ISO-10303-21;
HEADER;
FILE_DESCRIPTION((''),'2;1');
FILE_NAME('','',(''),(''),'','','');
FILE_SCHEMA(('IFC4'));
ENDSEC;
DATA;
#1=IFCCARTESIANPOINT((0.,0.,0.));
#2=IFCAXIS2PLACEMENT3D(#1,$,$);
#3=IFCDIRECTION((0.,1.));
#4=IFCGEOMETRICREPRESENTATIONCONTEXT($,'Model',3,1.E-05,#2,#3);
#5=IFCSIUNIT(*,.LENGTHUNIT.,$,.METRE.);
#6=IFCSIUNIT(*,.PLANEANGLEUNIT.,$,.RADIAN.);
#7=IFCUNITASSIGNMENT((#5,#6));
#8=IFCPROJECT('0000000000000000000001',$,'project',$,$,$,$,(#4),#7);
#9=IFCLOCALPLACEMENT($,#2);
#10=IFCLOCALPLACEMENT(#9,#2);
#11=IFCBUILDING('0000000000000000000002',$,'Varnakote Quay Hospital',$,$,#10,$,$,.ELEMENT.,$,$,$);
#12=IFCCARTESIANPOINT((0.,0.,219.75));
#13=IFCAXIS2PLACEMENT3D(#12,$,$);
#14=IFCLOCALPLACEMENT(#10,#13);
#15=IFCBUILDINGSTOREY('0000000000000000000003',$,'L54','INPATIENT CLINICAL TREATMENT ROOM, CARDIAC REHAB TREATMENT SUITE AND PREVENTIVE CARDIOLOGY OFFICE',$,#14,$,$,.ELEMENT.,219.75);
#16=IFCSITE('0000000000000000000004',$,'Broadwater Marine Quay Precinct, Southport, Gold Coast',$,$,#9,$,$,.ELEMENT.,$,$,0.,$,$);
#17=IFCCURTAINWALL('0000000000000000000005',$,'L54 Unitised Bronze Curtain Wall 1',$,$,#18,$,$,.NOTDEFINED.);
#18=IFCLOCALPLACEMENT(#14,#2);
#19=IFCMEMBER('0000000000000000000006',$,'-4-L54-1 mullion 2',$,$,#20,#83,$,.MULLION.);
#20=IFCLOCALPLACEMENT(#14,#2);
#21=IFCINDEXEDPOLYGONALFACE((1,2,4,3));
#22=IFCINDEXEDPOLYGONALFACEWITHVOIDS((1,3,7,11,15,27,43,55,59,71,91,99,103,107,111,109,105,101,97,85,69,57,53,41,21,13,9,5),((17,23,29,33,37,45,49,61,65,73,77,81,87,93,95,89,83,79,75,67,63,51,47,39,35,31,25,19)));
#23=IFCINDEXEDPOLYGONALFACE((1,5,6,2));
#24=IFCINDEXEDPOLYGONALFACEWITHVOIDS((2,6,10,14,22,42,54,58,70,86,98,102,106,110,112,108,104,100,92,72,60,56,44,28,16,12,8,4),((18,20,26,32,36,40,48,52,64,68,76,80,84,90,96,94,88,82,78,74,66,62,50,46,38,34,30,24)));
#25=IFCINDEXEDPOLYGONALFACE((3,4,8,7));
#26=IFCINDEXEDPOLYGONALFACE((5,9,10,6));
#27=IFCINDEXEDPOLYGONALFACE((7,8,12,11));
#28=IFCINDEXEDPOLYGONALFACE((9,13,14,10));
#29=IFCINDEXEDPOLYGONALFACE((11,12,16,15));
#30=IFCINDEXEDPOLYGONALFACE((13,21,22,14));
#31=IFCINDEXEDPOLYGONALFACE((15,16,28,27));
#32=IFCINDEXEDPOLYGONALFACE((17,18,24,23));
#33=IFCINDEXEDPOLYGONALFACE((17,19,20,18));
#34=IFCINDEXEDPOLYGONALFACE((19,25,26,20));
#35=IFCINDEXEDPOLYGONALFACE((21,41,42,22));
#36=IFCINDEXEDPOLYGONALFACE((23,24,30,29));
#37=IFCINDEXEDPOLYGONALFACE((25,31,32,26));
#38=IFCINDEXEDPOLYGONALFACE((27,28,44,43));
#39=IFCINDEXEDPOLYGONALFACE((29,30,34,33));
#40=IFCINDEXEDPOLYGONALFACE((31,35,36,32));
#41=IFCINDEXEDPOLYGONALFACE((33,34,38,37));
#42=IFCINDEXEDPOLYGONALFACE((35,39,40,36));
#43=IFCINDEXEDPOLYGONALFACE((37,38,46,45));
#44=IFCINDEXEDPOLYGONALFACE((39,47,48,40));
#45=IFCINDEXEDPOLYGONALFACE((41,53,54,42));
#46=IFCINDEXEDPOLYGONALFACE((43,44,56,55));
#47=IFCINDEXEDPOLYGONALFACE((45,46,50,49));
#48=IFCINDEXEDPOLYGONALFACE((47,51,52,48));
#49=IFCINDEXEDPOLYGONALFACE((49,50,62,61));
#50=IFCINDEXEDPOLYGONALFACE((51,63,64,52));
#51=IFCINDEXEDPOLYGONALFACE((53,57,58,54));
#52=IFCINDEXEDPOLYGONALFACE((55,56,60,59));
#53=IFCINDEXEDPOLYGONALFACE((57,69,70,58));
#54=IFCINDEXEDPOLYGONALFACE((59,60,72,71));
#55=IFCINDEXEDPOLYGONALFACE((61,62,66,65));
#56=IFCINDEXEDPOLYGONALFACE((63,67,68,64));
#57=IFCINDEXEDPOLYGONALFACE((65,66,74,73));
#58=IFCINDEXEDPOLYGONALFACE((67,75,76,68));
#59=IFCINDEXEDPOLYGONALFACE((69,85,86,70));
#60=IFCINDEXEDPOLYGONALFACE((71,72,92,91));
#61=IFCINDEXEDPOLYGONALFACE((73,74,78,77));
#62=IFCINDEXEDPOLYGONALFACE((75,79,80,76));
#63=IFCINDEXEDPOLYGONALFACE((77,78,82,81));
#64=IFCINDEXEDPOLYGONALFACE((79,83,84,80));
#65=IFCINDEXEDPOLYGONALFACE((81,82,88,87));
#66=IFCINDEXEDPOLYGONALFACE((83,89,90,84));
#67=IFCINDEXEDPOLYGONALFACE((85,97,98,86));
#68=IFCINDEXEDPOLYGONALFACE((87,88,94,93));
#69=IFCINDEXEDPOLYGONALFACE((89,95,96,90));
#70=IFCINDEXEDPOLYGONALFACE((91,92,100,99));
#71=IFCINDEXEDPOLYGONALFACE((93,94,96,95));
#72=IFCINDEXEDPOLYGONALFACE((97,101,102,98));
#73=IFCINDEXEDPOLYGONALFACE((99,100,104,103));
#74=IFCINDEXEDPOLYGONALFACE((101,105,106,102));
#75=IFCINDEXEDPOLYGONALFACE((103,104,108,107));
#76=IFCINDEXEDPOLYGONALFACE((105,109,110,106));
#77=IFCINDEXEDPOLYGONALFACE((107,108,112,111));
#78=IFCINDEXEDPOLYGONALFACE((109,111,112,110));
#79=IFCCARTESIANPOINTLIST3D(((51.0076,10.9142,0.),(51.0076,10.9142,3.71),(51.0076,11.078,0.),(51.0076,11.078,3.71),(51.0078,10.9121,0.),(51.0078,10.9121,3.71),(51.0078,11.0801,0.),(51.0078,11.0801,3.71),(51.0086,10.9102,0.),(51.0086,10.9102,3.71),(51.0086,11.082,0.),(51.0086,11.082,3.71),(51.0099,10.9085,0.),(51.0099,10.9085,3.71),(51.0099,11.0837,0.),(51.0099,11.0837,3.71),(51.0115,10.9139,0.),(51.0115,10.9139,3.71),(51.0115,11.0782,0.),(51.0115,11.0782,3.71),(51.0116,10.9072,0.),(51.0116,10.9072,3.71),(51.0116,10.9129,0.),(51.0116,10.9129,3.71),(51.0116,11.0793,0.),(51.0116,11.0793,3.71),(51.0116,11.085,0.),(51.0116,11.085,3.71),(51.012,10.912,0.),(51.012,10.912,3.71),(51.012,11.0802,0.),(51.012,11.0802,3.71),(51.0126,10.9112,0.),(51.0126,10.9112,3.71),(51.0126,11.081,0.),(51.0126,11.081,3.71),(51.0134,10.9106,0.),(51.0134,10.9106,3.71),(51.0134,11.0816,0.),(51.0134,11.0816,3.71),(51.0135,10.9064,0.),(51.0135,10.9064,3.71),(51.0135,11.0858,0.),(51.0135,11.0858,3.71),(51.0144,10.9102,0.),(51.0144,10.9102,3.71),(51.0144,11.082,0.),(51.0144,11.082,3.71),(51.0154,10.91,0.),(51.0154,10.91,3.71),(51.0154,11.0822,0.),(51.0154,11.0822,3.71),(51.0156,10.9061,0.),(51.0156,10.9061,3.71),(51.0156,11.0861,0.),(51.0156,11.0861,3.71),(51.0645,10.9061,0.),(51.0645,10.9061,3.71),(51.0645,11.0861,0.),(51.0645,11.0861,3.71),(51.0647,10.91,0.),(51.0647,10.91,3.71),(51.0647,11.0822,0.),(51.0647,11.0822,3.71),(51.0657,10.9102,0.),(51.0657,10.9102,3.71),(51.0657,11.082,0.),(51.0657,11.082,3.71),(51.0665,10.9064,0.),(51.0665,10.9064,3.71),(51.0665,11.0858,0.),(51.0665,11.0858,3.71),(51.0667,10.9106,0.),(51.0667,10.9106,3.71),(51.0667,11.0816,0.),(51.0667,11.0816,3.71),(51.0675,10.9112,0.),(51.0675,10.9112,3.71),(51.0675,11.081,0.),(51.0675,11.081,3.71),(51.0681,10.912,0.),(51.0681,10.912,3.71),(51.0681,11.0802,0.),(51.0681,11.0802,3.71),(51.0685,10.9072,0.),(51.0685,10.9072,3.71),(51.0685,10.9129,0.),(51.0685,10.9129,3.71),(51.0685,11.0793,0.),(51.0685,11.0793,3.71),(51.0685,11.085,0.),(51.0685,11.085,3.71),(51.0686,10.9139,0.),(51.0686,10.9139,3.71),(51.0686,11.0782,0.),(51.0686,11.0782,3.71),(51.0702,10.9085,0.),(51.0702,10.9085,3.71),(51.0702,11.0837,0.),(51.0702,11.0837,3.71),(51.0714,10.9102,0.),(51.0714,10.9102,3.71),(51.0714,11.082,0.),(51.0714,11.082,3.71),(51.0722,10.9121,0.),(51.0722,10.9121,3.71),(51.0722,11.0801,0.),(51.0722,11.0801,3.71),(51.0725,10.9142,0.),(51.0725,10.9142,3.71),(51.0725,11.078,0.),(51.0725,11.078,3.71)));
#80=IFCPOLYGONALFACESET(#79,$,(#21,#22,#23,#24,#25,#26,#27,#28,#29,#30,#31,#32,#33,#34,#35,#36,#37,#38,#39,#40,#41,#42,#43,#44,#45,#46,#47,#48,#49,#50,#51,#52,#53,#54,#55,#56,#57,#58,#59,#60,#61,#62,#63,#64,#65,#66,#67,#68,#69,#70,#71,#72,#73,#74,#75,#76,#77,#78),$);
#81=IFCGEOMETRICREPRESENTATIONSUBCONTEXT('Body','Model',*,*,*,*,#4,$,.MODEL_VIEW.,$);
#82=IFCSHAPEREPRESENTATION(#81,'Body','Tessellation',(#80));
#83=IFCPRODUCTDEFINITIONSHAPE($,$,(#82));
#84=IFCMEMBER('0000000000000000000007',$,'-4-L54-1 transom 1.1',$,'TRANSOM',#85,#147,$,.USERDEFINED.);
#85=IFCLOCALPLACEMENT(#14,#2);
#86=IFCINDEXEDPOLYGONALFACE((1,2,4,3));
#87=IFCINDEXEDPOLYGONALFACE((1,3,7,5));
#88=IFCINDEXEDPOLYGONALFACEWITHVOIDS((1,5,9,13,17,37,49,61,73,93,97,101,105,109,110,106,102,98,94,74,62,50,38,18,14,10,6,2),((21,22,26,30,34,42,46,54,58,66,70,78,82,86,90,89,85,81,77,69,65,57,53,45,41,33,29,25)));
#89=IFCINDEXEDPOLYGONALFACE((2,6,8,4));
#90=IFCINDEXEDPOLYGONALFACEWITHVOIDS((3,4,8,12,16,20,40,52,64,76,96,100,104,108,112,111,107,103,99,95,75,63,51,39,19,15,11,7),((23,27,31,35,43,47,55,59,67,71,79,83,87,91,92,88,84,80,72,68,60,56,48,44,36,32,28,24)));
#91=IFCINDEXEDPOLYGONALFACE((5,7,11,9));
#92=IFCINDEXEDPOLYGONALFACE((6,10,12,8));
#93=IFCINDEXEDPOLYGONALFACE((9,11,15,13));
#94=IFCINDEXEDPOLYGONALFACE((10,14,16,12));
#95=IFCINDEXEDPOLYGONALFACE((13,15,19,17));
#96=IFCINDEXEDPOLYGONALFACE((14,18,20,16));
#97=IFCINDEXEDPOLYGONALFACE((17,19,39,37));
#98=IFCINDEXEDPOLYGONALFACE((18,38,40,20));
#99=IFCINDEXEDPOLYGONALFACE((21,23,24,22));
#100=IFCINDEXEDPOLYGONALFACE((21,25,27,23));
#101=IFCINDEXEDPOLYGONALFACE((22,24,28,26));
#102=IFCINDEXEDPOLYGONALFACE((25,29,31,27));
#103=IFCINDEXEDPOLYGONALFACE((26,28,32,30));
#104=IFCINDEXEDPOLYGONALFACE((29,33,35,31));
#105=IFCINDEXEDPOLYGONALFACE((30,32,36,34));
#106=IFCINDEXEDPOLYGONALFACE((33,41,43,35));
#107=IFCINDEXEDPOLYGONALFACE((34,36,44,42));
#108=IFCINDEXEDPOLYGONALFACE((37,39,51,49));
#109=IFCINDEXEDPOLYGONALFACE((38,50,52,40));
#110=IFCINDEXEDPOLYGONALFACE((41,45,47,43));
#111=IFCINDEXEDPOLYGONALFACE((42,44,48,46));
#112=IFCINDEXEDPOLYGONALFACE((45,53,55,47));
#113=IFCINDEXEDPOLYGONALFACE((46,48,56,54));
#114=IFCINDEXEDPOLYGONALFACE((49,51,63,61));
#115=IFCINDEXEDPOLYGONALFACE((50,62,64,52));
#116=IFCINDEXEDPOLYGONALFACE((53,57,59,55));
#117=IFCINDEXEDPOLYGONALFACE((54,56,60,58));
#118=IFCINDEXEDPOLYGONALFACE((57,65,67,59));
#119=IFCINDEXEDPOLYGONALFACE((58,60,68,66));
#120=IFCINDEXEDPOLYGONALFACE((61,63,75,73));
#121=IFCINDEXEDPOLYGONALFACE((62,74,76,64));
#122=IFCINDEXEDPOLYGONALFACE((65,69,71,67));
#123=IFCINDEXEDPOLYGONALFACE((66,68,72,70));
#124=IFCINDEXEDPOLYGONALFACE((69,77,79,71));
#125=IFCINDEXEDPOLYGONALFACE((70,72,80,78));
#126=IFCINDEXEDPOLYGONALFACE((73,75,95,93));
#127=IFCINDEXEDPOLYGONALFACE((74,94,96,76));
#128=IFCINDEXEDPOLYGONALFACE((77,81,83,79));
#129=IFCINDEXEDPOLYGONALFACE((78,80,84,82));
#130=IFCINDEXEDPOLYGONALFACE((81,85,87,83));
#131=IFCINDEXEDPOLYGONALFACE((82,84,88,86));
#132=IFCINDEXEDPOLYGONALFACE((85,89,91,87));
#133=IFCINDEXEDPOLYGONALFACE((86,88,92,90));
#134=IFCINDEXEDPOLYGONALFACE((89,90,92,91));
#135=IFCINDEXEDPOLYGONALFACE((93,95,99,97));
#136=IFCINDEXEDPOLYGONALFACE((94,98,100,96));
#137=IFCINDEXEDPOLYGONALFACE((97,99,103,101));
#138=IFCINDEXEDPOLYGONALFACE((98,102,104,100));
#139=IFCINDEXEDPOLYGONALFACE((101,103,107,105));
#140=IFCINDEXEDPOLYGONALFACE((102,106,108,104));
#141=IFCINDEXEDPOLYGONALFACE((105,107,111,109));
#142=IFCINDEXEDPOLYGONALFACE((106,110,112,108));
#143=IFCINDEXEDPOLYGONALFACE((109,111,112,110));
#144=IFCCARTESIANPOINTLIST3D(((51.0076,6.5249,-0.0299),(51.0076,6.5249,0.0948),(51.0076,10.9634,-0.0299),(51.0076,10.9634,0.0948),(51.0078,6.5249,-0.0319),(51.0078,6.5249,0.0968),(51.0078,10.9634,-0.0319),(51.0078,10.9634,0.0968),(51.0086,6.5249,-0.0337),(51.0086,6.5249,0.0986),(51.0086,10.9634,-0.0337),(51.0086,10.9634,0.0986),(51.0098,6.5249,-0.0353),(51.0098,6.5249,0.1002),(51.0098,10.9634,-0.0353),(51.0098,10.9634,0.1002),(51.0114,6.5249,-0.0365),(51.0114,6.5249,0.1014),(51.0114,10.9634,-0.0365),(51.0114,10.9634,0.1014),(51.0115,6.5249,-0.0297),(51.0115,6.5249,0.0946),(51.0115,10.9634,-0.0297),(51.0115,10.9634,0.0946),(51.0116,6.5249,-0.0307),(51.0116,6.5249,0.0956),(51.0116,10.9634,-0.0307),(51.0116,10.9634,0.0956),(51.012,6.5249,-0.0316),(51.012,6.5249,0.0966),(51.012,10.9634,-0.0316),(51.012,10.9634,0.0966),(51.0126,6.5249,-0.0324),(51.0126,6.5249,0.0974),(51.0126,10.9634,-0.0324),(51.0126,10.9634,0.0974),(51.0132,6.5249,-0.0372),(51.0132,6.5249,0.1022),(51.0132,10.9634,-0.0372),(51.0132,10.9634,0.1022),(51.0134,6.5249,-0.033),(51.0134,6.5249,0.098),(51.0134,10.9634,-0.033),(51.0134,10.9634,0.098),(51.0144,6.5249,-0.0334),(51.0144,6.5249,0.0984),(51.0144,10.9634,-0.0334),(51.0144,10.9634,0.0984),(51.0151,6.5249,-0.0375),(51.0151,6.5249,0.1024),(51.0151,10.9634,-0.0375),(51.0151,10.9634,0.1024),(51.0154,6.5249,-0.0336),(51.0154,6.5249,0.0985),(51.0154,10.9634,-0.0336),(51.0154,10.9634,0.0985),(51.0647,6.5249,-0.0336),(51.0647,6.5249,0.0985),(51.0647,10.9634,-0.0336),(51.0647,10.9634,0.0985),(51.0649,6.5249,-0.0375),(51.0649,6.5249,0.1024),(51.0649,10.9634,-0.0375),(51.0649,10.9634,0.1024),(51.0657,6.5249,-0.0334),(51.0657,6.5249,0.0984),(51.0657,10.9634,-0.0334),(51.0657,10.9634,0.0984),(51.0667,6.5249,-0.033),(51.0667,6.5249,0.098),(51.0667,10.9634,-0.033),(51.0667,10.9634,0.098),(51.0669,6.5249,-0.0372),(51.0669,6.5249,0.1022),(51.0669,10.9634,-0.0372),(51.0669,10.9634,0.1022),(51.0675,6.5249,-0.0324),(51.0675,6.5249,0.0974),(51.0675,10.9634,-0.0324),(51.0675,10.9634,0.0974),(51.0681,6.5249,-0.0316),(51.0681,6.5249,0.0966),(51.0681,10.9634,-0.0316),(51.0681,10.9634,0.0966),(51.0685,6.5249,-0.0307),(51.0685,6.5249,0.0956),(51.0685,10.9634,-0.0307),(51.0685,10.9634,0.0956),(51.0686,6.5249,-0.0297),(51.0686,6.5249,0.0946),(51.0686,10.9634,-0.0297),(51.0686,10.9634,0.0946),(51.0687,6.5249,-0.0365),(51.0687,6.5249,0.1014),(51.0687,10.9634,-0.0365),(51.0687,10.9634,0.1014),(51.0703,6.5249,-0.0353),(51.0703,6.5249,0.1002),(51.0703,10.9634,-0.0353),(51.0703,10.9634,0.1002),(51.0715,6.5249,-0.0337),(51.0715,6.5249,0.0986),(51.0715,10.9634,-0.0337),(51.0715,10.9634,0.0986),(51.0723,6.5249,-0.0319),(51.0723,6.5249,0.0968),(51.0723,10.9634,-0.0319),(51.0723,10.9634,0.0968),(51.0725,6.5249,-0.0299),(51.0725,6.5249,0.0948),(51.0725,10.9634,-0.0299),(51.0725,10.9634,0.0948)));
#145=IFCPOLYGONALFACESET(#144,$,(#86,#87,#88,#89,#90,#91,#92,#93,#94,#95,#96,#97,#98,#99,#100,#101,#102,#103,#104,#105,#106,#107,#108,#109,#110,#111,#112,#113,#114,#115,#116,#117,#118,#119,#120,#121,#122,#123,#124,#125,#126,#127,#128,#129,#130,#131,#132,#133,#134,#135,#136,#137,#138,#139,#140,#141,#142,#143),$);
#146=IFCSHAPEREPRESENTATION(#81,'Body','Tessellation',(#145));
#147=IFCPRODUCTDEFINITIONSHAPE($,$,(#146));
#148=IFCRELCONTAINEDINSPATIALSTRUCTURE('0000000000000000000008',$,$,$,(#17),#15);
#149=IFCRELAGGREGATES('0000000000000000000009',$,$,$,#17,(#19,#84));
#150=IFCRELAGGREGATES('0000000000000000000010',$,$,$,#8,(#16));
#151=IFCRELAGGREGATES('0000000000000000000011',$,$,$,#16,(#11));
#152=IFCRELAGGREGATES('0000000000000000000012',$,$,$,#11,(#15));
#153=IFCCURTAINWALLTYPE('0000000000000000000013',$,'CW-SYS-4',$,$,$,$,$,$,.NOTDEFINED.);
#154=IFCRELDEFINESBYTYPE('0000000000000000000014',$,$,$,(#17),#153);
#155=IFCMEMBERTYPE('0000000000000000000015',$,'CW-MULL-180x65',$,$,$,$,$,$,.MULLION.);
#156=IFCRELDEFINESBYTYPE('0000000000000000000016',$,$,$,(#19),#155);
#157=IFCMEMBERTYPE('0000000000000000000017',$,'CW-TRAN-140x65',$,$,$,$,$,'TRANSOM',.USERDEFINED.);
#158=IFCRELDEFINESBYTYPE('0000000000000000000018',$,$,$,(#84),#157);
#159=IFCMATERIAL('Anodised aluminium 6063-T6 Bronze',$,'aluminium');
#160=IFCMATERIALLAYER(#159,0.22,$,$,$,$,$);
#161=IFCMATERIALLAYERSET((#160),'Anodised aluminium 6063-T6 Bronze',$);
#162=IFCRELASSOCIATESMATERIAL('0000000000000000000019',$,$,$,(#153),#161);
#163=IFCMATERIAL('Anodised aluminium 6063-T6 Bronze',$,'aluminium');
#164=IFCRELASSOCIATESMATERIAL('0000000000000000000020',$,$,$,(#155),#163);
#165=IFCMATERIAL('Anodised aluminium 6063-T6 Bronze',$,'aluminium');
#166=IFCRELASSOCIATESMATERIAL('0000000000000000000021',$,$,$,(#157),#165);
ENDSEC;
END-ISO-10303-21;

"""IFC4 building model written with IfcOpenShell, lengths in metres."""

from ifc_helpers import new_model, si_unit, direction, frame, origin, origin_2d, place, context, subcontext, project, spatial, hollow_rectangle, extrude, material, layer, layer_set, material_profile, profile_set, type_object, element, aggregate, save


model = new_model("IFC4")

# Units and contexts
model_context = context("Model", 3, precision=1e-05, world=origin(), true_north=direction((0.0, 1.0)))
body_context = subcontext(model_context, "Body", "Model", "MODEL_VIEW")
ifc_project = project(units=[si_unit("LENGTHUNIT", "METRE"), si_unit("PLANEANGLEUNIT", "RADIAN")], contexts=[model_context])

# Site, building, storey
site_placement = place(None, origin())
site = spatial("IfcSite", under=ifc_project, at=site_placement, Name="Broadwater Marine Quay Precinct, Southport, Gold Coast", CompositionType="ELEMENT", RefElevation=0.0)
building_placement = place(site_placement, origin())
building = spatial("IfcBuilding", under=site, at=building_placement, Name="Varnakote Quay Hospital", CompositionType="ELEMENT")
storey_placement = place(building_placement, frame((0.0, 0.0, 219.75)))
storey = spatial("IfcBuildingStorey", under=building, at=storey_placement, Name="L54", Description="INPATIENT CLINICAL TREATMENT ROOM, CARDIAC REHAB TREATMENT SUITE AND PREVENTIVE CARDIOLOGY OFFICE", CompositionType="ELEMENT", Elevation=219.75)

# Curtain wall, members
ifc_material_1 = material(Name="Anodised aluminium 6063-T6 Bronze", Category="aluminium")
ifc_layer_1 = layer(ifc_material_1, 0.22)
ifc_layer_set_1 = layer_set([ifc_layer_1], Name="Anodised aluminium 6063-T6 Bronze")
curtain_wall_type = type_object("IfcCurtainWallType", Name="CW-SYS-4", PredefinedType="NOTDEFINED", material=ifc_layer_set_1)
curtain_wall_placement = place(storey_placement, origin())
curtain_wall = element("IfcCurtainWall", 1, at=curtain_wall_placement, inside=storey, type_object=curtain_wall_type, Name="L54 Unitised Bronze Curtain Wall 1", PredefinedType="NOTDEFINED")
ifc_material_2 = material(Name="Anodised aluminium 6063-T6 Bronze", Category="aluminium")
ifc_material_profile_1 = material_profile(ifc_material_2, hollow_rectangle(XDim=0.0649, YDim=0.1799, WallThickness=0.0039, InnerFilletRadius=0.0039, OuterFilletRadius=0.0081, at=origin_2d()), Name="CW-MULL-180x65")
ifc_profile_set_1 = profile_set([ifc_material_profile_1], Name="Anodised aluminium 6063-T6 Bronze")
member_type_1 = type_object("IfcMemberType", Name="CW-MULL-180x65", PredefinedType="MULLION", material=ifc_profile_set_1)
member_1_placement = place(storey_placement, frame((51.04, 10.9961, 0.0), z_axis=(0.0, 0.0, 1.0), x_axis=(-1.0, 0.0, 0.0)))
member_1 = element("IfcMember", 2, at=member_1_placement, type_object=member_type_1, Name="-4-L54-1 mullion 2", PredefinedType="MULLION", context=body_context, shape_type="SweptSolid", body=[
    extrude(hollow_rectangle(XDim=0.0649, YDim=0.1799, WallThickness=0.0039, InnerFilletRadius=0.0039, OuterFilletRadius=0.0081, at=origin_2d()), origin(), (0.0, 0.0, 1.0), 3.71),
])
ifc_material_3 = material(Name="Anodised aluminium 6063-T6 Bronze", Category="aluminium")
ifc_material_profile_2 = material_profile(ifc_material_3, hollow_rectangle(XDim=0.0649, YDim=0.1399, WallThickness=0.0039, InnerFilletRadius=0.0039, OuterFilletRadius=0.0076, at=origin_2d()), Name="CW-TRAN-140x65")
ifc_profile_set_2 = profile_set([ifc_material_profile_2], Name="Anodised aluminium 6063-T6 Bronze")
member_type_2 = type_object("IfcMemberType", Name="CW-TRAN-140x65", ElementType="TRANSOM", PredefinedType="USERDEFINED", material=ifc_profile_set_2)
member_2_placement = place(storey_placement, frame((51.04, 6.5249, 0.0325), z_axis=(0.0, 1.0, 0.0), x_axis=(-1.0, 0.0, 0.0)))
member_2 = element("IfcMember", 3, at=member_2_placement, type_object=member_type_2, Name="-4-L54-1 transom 1.1", ObjectType="TRANSOM", PredefinedType="USERDEFINED", context=body_context, shape_type="SweptSolid", body=[
    extrude(hollow_rectangle(XDim=0.0649, YDim=0.1399, WallThickness=0.0039, InnerFilletRadius=0.0039, OuterFilletRadius=0.0076, at=origin_2d()), origin(), (0.0, 0.0, 1.0), 4.4385),
])
aggregate(curtain_wall, [member_1, member_2])

save(model, "model.ifc")
